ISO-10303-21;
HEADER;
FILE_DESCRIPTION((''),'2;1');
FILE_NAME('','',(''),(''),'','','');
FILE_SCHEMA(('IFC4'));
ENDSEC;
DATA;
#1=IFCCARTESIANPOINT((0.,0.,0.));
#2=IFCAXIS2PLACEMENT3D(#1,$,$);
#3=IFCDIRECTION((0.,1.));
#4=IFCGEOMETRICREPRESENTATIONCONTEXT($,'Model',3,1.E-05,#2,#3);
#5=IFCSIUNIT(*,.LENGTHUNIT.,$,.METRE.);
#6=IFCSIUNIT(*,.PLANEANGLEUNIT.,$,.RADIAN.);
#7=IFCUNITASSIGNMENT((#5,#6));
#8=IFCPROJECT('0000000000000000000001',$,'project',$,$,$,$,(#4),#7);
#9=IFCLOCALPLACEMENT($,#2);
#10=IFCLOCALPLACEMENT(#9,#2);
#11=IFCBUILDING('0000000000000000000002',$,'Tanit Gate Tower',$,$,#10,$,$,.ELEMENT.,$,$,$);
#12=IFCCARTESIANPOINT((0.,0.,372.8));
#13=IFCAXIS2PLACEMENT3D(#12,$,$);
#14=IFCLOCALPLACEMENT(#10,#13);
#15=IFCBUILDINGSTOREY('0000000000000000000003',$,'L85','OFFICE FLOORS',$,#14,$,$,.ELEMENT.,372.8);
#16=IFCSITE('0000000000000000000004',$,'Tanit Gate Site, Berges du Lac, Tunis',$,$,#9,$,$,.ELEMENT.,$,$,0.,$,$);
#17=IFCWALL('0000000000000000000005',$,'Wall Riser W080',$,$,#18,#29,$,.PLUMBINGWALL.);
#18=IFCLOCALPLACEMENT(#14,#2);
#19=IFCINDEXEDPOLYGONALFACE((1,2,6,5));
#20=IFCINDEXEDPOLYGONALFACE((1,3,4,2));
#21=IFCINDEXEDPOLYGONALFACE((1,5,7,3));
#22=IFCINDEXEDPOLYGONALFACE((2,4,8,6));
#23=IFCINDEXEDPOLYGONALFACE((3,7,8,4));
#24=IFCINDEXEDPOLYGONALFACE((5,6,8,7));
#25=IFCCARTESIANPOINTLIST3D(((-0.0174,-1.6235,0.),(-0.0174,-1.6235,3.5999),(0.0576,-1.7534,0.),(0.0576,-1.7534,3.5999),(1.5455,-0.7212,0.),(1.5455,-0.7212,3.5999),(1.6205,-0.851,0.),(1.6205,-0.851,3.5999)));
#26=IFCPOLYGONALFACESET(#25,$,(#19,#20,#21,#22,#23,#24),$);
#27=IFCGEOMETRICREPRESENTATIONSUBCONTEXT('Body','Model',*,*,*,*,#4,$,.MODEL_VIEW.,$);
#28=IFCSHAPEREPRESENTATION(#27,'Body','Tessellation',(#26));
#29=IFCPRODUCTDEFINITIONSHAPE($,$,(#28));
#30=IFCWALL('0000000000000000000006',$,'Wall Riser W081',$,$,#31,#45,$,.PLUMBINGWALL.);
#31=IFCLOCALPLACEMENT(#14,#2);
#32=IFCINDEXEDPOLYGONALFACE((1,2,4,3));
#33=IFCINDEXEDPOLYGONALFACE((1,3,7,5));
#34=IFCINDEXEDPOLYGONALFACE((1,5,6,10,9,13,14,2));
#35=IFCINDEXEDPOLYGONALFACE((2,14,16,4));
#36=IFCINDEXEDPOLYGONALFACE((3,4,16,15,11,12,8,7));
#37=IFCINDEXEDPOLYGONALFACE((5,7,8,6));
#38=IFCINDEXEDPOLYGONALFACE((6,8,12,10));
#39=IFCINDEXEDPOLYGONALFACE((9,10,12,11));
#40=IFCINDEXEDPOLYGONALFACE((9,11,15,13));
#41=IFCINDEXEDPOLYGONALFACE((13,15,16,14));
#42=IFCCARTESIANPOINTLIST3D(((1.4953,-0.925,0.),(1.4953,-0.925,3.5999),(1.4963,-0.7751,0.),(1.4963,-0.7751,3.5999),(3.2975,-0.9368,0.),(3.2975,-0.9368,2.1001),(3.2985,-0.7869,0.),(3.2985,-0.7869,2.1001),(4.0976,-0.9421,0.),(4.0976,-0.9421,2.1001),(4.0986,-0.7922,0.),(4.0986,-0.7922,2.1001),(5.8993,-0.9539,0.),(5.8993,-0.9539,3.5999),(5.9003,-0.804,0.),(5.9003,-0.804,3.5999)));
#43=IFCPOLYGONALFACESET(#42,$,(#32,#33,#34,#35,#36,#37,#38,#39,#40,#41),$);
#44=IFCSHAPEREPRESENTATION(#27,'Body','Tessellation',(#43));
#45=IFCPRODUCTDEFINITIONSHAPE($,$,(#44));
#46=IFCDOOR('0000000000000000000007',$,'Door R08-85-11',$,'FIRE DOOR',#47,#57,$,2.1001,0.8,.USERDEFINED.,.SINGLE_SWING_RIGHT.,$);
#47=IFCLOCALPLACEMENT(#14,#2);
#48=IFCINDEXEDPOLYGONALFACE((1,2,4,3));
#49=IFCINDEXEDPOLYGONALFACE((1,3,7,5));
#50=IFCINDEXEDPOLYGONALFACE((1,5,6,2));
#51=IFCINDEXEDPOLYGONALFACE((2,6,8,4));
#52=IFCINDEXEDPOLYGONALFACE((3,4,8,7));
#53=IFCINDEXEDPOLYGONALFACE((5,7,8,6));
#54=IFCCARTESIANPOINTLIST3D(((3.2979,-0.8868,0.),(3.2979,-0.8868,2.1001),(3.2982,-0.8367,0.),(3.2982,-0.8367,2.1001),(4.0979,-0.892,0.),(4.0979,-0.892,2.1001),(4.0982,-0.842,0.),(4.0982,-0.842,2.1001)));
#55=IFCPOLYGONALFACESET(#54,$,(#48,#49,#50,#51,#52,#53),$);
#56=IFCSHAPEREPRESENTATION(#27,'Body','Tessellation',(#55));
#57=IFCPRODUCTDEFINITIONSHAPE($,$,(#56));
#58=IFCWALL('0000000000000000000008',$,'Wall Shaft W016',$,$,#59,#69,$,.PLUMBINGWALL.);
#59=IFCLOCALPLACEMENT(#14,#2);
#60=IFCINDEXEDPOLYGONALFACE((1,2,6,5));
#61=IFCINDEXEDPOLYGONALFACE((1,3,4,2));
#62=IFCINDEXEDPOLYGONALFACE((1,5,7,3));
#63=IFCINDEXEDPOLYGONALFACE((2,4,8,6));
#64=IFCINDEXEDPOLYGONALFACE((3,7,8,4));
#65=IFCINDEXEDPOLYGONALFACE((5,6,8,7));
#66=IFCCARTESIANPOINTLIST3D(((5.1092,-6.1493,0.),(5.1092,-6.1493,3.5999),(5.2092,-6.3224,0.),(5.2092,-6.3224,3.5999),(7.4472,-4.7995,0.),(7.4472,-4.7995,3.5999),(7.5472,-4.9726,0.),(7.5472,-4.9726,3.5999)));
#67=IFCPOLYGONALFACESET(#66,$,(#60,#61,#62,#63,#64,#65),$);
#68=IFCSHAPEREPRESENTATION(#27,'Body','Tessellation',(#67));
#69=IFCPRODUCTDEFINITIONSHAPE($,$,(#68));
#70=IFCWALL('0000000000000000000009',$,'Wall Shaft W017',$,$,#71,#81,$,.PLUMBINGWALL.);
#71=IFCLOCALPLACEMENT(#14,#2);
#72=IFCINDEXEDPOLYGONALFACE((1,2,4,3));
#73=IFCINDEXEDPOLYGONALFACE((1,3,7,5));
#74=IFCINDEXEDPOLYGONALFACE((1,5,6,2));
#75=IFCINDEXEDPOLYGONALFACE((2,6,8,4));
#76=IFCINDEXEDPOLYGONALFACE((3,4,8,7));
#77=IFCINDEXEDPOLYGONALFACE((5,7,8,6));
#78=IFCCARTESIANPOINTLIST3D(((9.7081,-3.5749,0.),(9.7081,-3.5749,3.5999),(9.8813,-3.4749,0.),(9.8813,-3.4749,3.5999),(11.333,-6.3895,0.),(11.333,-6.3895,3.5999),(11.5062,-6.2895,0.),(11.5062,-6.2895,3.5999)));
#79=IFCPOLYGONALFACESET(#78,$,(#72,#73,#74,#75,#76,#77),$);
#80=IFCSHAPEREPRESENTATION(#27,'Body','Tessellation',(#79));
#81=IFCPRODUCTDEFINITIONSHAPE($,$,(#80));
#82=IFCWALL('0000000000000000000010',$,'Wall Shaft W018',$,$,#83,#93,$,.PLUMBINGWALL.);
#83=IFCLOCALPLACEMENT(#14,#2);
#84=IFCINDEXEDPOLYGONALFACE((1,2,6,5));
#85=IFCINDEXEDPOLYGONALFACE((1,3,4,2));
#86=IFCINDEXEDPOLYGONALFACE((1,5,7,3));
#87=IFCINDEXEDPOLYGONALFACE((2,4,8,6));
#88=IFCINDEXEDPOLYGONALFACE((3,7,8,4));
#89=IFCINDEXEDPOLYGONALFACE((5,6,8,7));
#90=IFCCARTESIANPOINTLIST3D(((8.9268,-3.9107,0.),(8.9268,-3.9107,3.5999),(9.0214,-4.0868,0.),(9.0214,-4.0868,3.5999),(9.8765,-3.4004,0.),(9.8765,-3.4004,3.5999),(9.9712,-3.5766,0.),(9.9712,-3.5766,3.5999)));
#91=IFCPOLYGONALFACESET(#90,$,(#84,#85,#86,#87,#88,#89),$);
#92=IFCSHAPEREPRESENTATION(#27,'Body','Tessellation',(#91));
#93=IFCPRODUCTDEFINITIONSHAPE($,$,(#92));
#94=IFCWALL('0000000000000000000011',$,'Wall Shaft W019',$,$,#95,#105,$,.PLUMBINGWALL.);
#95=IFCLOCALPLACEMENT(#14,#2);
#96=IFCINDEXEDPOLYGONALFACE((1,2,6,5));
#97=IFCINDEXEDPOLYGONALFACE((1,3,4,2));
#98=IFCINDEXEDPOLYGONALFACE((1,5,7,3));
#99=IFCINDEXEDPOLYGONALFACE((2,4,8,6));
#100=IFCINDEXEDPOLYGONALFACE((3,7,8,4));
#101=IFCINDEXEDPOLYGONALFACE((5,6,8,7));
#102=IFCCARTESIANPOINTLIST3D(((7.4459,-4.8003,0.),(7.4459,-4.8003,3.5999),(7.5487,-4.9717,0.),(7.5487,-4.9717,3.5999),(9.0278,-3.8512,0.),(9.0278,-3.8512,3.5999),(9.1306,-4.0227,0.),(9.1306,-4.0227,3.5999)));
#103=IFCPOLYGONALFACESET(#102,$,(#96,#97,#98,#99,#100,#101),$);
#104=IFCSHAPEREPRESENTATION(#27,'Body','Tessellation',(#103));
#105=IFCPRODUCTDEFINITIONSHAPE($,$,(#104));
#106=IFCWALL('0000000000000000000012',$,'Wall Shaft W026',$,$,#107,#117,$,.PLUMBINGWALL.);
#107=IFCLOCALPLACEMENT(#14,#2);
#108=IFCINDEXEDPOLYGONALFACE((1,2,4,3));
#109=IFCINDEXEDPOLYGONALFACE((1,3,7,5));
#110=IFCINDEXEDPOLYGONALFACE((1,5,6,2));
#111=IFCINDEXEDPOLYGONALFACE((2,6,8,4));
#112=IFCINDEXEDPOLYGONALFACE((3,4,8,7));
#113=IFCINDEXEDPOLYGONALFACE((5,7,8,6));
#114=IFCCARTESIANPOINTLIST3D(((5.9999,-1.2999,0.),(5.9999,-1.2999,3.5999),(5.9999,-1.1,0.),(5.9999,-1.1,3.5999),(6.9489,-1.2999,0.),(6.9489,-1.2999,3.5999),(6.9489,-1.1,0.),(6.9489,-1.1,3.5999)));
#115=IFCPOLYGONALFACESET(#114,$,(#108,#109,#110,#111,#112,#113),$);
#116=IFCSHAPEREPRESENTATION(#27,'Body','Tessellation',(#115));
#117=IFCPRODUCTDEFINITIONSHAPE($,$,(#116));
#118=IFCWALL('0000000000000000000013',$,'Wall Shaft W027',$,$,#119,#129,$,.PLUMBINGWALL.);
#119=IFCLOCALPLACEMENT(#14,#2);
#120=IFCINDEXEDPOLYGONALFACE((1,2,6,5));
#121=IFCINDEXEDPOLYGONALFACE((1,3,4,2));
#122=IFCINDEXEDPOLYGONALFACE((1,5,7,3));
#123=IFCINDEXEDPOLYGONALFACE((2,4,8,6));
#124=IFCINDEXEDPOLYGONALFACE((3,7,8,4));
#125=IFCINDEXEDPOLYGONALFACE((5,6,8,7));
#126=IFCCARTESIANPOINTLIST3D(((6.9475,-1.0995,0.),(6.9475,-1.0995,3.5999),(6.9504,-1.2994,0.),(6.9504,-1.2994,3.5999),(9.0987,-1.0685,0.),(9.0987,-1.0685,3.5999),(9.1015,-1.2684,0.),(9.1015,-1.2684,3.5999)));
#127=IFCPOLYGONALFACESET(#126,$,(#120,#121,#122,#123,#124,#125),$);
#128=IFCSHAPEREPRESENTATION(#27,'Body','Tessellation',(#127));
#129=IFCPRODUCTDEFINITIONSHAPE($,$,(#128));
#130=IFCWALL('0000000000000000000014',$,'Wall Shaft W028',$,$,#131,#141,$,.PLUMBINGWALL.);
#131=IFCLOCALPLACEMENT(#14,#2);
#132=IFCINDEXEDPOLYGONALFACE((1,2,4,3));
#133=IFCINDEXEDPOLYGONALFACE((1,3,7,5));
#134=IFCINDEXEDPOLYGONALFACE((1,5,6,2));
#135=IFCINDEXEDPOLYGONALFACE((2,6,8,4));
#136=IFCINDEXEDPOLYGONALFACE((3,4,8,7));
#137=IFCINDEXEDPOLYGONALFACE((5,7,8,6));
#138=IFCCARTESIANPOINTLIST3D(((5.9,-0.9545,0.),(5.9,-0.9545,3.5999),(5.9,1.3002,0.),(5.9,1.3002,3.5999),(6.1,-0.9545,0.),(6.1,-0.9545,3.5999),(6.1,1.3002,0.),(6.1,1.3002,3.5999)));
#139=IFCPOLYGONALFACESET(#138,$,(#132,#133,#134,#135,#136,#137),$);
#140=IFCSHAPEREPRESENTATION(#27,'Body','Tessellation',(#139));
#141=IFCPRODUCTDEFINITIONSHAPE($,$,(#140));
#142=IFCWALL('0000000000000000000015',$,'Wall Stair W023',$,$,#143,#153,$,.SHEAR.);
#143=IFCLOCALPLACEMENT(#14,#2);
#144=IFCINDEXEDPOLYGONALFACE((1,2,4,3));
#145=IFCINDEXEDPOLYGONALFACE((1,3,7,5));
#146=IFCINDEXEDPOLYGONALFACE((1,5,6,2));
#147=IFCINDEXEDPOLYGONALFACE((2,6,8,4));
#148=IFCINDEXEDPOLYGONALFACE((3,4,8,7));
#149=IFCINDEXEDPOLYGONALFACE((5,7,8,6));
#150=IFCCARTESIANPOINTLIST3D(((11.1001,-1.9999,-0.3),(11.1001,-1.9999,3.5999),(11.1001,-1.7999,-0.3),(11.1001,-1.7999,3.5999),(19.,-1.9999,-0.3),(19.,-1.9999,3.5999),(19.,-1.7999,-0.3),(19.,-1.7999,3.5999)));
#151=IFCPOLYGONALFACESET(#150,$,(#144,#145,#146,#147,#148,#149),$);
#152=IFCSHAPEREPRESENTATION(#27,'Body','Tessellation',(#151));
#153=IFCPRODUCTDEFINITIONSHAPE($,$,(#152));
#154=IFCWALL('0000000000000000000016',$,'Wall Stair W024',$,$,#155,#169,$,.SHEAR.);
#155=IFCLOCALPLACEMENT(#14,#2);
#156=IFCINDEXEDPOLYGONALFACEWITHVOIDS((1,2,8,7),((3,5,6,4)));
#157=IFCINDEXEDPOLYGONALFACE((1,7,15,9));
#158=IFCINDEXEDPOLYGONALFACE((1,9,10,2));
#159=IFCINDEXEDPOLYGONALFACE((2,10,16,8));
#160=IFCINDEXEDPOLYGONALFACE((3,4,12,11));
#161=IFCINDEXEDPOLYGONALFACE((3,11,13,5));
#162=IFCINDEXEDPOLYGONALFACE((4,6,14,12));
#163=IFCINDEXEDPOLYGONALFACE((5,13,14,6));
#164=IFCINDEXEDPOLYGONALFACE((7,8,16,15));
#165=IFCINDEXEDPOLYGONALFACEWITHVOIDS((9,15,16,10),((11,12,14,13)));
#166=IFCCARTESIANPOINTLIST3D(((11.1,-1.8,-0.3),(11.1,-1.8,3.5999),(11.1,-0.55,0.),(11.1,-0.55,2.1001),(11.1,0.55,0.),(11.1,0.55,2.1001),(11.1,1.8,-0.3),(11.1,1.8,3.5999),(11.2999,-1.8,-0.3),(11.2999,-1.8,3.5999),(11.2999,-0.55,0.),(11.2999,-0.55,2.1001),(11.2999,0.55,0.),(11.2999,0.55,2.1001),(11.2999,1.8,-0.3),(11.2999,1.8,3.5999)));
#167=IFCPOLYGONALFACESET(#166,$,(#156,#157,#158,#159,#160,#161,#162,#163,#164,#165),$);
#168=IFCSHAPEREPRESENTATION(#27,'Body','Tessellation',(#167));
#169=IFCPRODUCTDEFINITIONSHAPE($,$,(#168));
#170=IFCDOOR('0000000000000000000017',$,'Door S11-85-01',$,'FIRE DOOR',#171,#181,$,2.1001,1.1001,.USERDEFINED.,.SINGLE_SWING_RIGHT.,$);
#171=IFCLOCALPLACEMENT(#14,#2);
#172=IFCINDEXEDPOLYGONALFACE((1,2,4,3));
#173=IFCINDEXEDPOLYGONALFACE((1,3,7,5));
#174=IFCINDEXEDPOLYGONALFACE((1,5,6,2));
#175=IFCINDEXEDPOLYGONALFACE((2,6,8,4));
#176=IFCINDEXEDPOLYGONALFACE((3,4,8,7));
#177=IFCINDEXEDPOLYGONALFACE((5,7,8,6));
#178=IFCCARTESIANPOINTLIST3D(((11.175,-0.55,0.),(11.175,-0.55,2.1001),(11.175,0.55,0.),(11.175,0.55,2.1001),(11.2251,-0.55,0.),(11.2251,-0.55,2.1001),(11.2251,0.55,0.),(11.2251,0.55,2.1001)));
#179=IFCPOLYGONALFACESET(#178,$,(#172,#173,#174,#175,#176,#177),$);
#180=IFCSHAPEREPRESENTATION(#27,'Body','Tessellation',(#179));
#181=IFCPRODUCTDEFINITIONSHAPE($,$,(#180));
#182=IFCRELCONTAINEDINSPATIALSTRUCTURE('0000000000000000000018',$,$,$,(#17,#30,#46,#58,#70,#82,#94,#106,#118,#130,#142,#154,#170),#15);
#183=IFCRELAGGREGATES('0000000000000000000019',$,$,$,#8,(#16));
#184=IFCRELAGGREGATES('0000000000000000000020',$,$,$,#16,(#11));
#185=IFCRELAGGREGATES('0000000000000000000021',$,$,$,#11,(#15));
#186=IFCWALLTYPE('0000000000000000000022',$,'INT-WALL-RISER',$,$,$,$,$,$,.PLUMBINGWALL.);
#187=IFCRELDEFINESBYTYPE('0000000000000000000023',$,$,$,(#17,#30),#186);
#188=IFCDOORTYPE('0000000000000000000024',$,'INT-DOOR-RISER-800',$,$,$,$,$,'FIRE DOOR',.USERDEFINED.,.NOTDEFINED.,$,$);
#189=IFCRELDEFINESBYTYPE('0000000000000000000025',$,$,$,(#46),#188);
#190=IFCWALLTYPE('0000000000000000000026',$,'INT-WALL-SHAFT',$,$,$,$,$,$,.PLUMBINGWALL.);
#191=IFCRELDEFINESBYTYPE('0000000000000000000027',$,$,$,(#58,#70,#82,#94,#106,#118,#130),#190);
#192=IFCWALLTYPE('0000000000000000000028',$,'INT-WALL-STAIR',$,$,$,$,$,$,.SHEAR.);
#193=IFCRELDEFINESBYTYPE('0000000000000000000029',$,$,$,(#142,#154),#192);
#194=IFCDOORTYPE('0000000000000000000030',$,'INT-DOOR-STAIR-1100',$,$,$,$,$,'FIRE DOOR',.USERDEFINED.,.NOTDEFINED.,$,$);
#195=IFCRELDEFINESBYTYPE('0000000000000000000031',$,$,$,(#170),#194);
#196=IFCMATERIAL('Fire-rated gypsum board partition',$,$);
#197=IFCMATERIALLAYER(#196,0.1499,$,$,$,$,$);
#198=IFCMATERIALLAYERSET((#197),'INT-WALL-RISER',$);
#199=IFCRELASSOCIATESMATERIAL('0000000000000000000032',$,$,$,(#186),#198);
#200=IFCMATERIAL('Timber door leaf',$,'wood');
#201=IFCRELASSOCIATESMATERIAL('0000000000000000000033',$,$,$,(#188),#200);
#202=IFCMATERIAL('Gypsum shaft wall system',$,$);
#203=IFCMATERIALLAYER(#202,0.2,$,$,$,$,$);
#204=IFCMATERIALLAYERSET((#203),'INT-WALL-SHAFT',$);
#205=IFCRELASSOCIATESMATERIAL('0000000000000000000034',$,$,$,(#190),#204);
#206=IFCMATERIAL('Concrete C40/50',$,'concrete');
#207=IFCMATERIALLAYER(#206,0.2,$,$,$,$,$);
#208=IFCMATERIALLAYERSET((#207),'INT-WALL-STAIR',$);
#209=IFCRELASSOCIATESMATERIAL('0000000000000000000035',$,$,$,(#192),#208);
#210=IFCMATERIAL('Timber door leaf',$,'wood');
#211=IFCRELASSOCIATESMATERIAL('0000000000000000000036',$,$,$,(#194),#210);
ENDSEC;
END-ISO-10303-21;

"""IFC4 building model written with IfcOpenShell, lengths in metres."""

from ifc_helpers import new_model, si_unit, direction, frame, frame_2d, origin, place, context, subcontext, project, spatial, rectangle, extrude, material, layer, layer_set, type_object, element, fill, save


model = new_model("IFC4")

# Units and contexts
model_context = context("Model", 3, precision=1e-05, world=origin(), true_north=direction((0.0, 1.0)))
body_context = subcontext(model_context, "Body", "Model", "MODEL_VIEW")
ifc_project = project(units=[si_unit("LENGTHUNIT", "METRE"), si_unit("PLANEANGLEUNIT", "RADIAN")], contexts=[model_context])

# Site, building, storey
site_placement = place(None, origin())
site = spatial("IfcSite", under=ifc_project, at=site_placement, Name="Tanit Gate Site, Berges du Lac, Tunis", CompositionType="ELEMENT", RefElevation=0.0)
building_placement = place(site_placement, origin())
building = spatial("IfcBuilding", under=site, at=building_placement, Name="Tanit Gate Tower", CompositionType="ELEMENT")
storey_placement = place(building_placement, frame((0.0, 0.0, 372.8)))
storey = spatial("IfcBuildingStorey", under=building, at=storey_placement, Name="L85", Description="OFFICE FLOORS", CompositionType="ELEMENT", Elevation=372.8)

# Wall
ifc_material_1 = material(Name="Fire-rated gypsum board partition")
ifc_layer_1 = layer(ifc_material_1, 0.1499)
ifc_layer_set_1 = layer_set([ifc_layer_1], Name="INT-WALL-RISER")
wall_type_1 = type_object("IfcWallType", Name="INT-WALL-RISER", PredefinedType="PLUMBINGWALL", material=ifc_layer_set_1)
wall_1_placement = place(storey_placement, frame((1.583, -0.7861, 0.0), z_axis=(0.0, 0.0, 1.0), x_axis=(-0.866037, -0.49998, 0.0)))
element("IfcWall", 1, at=wall_1_placement, inside=storey, type_object=wall_type_1, Name="Wall Riser W080", PredefinedType="PLUMBINGWALL", context=body_context, shape_type="SweptSolid", body=[
    extrude(rectangle(XDim=1.8047, YDim=0.1499, at=frame_2d((0.9023, 0.0))), origin(), (0.0, 0.0, 1.0), 3.5999),
])

# Wall, opening, door
wall_2_placement = place(storey_placement, frame((5.8999, -0.8789, 0.0), z_axis=(0.0, 0.0, 1.0), x_axis=(-0.999979, 0.006541, 0.0)))
wall_2 = element("IfcWall", 2, at=wall_2_placement, inside=storey, type_object=wall_type_1, Name="Wall Riser W081", PredefinedType="PLUMBINGWALL", context=body_context, shape_type="SweptSolid", body=[
    extrude(rectangle(XDim=4.4041, YDim=0.1499, at=frame_2d((2.2021, 0.0))), origin(), (0.0, 0.0, 1.0), 3.5999),
])
opening_1_placement = place(wall_2_placement, frame((1.802, 0.0, 0.0)))
opening_1 = element("IfcOpeningElement", 3, at=opening_1_placement, cuts=wall_2, PredefinedType="OPENING", context=body_context, shape_type="SweptSolid", body=[
    extrude(rectangle(XDim=0.8, YDim=2.1001, at=frame_2d((0.3999, 1.05))), frame((0.0, 0.085, 0.0), z_axis=(0.0, -1.0, 0.0), x_axis=(1.0, 0.0, 0.0)), (0.0, 0.0, 1.0), 0.1699),
])
ifc_material_2 = material(Name="Timber door leaf", Category="wood")
door_type_1 = type_object("IfcDoorType", Name="INT-DOOR-RISER-800", ElementType="FIRE DOOR", OperationType="NOTDEFINED", PredefinedType="USERDEFINED", material=ifc_material_2)
door_1_placement = place(opening_1_placement, origin())
door_1 = element("IfcDoor", 4, at=door_1_placement, inside=storey, type_object=door_type_1, Name="Door R08-85-11", ObjectType="FIRE DOOR", OperationType="SINGLE_SWING_RIGHT", OverallHeight=2.1001, OverallWidth=0.8, PredefinedType="USERDEFINED", context=body_context, shape_type="SweptSolid", body=[
    extrude(rectangle(XDim=0.8, YDim=2.1001, at=frame_2d((0.3999, 1.05))), frame((0.0, 0.0249, 0.0), z_axis=(0.0, -1.0, 0.0), x_axis=(1.0, 0.0, 0.0)), (0.0, 0.0, 1.0), 0.05),
])
fill(opening_1, door_1)

# Walls
ifc_material_3 = material(Name="Gypsum shaft wall system")
ifc_layer_2 = layer(ifc_material_3, 0.2)
ifc_layer_set_2 = layer_set([ifc_layer_2], Name="INT-WALL-SHAFT")
wall_type_2 = type_object("IfcWallType", Name="INT-WALL-SHAFT", PredefinedType="PLUMBINGWALL", material=ifc_layer_set_2)
wall_3_placement = place(storey_placement, frame((5.1592, -6.2358, 0.0), z_axis=(0.0, 0.0, 1.0), x_axis=(0.866037, 0.499981, 0.0)))
element("IfcWall", 5, at=wall_3_placement, inside=storey, type_object=wall_type_2, Name="Wall Shaft W016", PredefinedType="PLUMBINGWALL", context=body_context, shape_type="SweptSolid", body=[
    extrude(rectangle(XDim=2.6997, YDim=0.2, at=frame_2d((1.3499, 0.0))), origin(), (0.0, 0.0, 1.0), 3.5999),
])
wall_4_placement = place(storey_placement, frame((9.7947, -3.5249, 0.0), z_axis=(0.0, 0.0, 1.0), x_axis=(0.499985, -0.866034, 0.0)))
element("IfcWall", 6, at=wall_4_placement, inside=storey, type_object=wall_type_2, Name="Wall Shaft W017", PredefinedType="PLUMBINGWALL", context=body_context, shape_type="SweptSolid", body=[
    extrude(rectangle(XDim=3.25, YDim=0.2, at=frame_2d((1.625, 0.0))), origin(), (0.0, 0.0, 1.0), 3.5999),
])
wall_5_placement = place(storey_placement, frame((8.9741, -3.9988, 0.0), z_axis=(0.0, 0.0, 1.0), x_axis=(0.880907, 0.473289, 0.0)))
element("IfcWall", 7, at=wall_5_placement, inside=storey, type_object=wall_type_2, Name="Wall Shaft W018", PredefinedType="PLUMBINGWALL", context=body_context, shape_type="SweptSolid", body=[
    extrude(rectangle(XDim=1.0781, YDim=0.2, at=frame_2d((0.5391, 0.0))), origin(), (0.0, 0.0, 1.0), 3.5999),
])
wall_6_placement = place(storey_placement, frame((7.4973, -4.886, 0.0), z_axis=(0.0, 0.0, 1.0), x_axis=(0.857516, 0.514457, 0.0)))
element("IfcWall", 8, at=wall_6_placement, inside=storey, type_object=wall_type_2, Name="Wall Shaft W019", PredefinedType="PLUMBINGWALL", context=body_context, shape_type="SweptSolid", body=[
    extrude(rectangle(XDim=1.8447, YDim=0.2, at=frame_2d((0.9224, 0.0))), origin(), (0.0, 0.0, 1.0), 3.5999),
])
wall_7_placement = place(storey_placement, frame((6.949, -1.2, 0.0), z_axis=(0.0, 0.0, 1.0), x_axis=(-1.0, 0.0, 0.0)))
element("IfcWall", 9, at=wall_7_placement, inside=storey, type_object=wall_type_2, Name="Wall Shaft W026", PredefinedType="PLUMBINGWALL", context=body_context, shape_type="SweptSolid", body=[
    extrude(rectangle(XDim=0.949, YDim=0.2, at=frame_2d((0.4746, 0.0))), origin(), (0.0, 0.0, 1.0), 3.5999),
])
wall_8_placement = place(storey_placement, frame((9.1001, -1.1685, 0.0), z_axis=(0.0, 0.0, 1.0), x_axis=(-0.999896, -0.014412, 0.0)))
element("IfcWall", 10, at=wall_8_placement, inside=storey, type_object=wall_type_2, Name="Wall Shaft W027", PredefinedType="PLUMBINGWALL", context=body_context, shape_type="SweptSolid", body=[
    extrude(rectangle(XDim=2.1514, YDim=0.2, at=frame_2d((1.0757, 0.0))), origin(), (0.0, 0.0, 1.0), 3.5999),
])
wall_9_placement = place(storey_placement, frame((6.0, -0.9546, 0.0), z_axis=(0.0, 0.0, 1.0), x_axis=(0.0, 1.0, 0.0)))
element("IfcWall", 11, at=wall_9_placement, inside=storey, type_object=wall_type_2, Name="Wall Shaft W028", PredefinedType="PLUMBINGWALL", context=body_context, shape_type="SweptSolid", body=[
    extrude(rectangle(XDim=2.2546, YDim=0.2, at=frame_2d((1.1274, 0.0))), origin(), (0.0, 0.0, 1.0), 3.5999),
])
ifc_material_4 = material(Name="Concrete C40/50", Category="concrete")
ifc_layer_3 = layer(ifc_material_4, 0.2)
ifc_layer_set_3 = layer_set([ifc_layer_3], Name="INT-WALL-STAIR")
wall_type_3 = type_object("IfcWallType", Name="INT-WALL-STAIR", PredefinedType="SHEAR", material=ifc_layer_set_3)
wall_10_placement = place(storey_placement, frame((11.1001, -1.8999, -0.3), z_axis=(0.0, 0.0, 1.0), x_axis=(1.0, 0.0, 0.0)))
element("IfcWall", 12, at=wall_10_placement, inside=storey, type_object=wall_type_3, Name="Wall Stair W023", PredefinedType="SHEAR", context=body_context, shape_type="SweptSolid", body=[
    extrude(rectangle(XDim=7.8999, YDim=0.2, at=frame_2d((3.95, 0.0))), origin(), (0.0, 0.0, 1.0), 3.8999),
])

# Wall, opening, door
wall_11_placement = place(storey_placement, frame((11.2, -1.8, -0.3), z_axis=(0.0, 0.0, 1.0), x_axis=(0.0, 1.0, 0.0)))
wall_11 = element("IfcWall", 13, at=wall_11_placement, inside=storey, type_object=wall_type_3, Name="Wall Stair W024", PredefinedType="SHEAR", context=body_context, shape_type="SweptSolid", body=[
    extrude(rectangle(XDim=3.6001, YDim=0.2, at=frame_2d((1.8, 0.0))), origin(), (0.0, 0.0, 1.0), 3.8999),
])
opening_2_placement = place(wall_11_placement, frame((1.25, 0.0, 0.3)))
opening_2 = element("IfcOpeningElement", 14, at=opening_2_placement, cuts=wall_11, PredefinedType="OPENING", context=body_context, shape_type="SweptSolid", body=[
    extrude(rectangle(XDim=1.1001, YDim=2.1001, at=frame_2d((0.55, 1.05))), frame((0.0, 0.1099, 0.0), z_axis=(0.0, -1.0, 0.0), x_axis=(1.0, 0.0, 0.0)), (0.0, 0.0, 1.0), 0.22),
])
ifc_material_5 = material(Name="Timber door leaf", Category="wood")
door_type_2 = type_object("IfcDoorType", Name="INT-DOOR-STAIR-1100", ElementType="FIRE DOOR", OperationType="NOTDEFINED", PredefinedType="USERDEFINED", material=ifc_material_5)
door_2_placement = place(opening_2_placement, origin())
door_2 = element("IfcDoor", 15, at=door_2_placement, inside=storey, type_object=door_type_2, Name="Door S11-85-01", ObjectType="FIRE DOOR", OperationType="SINGLE_SWING_RIGHT", OverallHeight=2.1001, OverallWidth=1.1001, PredefinedType="USERDEFINED", context=body_context, shape_type="SweptSolid", body=[
    extrude(rectangle(XDim=1.1001, YDim=2.1001, at=frame_2d((0.55, 1.05))), frame((0.0, 0.0249, 0.0), z_axis=(0.0, -1.0, 0.0), x_axis=(1.0, 0.0, 0.0)), (0.0, 0.0, 1.0), 0.05),
])
fill(opening_2, door_2)

save(model, "model.ifc")
